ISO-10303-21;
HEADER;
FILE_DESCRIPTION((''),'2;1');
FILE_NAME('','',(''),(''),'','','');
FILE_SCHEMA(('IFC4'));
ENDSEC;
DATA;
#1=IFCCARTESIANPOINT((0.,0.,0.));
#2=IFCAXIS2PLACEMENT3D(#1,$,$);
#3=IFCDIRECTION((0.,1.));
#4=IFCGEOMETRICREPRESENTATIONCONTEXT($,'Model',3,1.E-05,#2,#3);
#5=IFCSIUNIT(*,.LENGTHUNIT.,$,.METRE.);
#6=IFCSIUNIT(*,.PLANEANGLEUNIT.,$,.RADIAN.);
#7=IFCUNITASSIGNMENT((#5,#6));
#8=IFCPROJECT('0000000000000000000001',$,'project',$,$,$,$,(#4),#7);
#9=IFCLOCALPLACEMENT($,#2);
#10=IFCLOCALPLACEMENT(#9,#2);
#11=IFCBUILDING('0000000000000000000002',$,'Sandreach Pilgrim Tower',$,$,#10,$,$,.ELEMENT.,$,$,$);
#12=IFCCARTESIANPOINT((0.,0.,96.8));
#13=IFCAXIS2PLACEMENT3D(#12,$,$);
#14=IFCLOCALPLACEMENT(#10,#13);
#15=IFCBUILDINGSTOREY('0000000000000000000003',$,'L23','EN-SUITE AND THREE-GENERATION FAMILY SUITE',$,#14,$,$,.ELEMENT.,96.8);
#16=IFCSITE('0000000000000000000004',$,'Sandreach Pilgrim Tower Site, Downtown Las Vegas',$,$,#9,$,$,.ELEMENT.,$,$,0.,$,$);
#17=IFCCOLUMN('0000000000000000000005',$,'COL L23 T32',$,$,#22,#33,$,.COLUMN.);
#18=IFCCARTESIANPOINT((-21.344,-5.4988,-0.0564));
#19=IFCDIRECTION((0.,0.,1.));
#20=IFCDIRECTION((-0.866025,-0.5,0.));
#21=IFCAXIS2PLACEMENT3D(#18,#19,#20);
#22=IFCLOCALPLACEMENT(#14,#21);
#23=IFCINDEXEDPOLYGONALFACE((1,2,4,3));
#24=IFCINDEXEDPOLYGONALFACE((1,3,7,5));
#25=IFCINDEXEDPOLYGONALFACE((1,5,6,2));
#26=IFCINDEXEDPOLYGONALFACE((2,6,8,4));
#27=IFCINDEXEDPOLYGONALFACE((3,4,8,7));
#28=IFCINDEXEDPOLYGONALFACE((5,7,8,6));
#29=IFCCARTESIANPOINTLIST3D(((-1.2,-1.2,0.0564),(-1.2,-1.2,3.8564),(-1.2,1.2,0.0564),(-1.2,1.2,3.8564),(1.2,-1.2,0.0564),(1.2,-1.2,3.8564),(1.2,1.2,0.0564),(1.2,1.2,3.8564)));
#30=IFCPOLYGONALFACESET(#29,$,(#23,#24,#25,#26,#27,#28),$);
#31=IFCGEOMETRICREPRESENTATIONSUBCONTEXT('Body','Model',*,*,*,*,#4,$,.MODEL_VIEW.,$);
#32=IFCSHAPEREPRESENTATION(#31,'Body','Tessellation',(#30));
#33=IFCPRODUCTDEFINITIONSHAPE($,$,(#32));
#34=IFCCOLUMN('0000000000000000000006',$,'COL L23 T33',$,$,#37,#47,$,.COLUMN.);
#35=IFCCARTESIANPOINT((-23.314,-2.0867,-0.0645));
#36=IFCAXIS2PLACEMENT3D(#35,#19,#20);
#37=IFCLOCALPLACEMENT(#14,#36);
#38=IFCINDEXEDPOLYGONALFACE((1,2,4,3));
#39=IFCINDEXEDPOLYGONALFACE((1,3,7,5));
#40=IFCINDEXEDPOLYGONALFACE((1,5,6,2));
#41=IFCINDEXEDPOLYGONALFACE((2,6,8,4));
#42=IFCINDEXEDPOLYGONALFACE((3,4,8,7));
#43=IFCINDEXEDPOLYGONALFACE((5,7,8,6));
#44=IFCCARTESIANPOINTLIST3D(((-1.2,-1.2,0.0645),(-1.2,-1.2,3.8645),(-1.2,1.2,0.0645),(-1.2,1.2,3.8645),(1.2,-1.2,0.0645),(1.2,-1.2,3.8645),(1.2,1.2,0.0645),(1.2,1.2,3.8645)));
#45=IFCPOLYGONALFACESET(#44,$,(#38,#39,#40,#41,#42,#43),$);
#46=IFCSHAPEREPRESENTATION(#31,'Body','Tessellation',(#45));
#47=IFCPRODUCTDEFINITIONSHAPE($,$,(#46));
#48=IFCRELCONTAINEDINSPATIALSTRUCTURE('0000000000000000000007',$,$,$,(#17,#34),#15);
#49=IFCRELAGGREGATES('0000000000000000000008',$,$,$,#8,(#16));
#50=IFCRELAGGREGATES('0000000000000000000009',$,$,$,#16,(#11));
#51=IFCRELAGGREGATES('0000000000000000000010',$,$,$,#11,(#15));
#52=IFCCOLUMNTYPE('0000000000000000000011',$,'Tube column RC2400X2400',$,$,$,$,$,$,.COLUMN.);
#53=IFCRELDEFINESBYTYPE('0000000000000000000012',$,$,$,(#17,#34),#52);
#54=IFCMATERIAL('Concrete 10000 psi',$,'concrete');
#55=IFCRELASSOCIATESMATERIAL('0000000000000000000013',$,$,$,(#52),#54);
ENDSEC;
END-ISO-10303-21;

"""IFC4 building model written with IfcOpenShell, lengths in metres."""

from ifc_helpers import new_model, si_unit, direction, frame, origin, origin_2d, place, context, subcontext, project, spatial, rectangle, extrude, clip, halfspace, material, material_profile, profile_set, type_object, element, save


model = new_model("IFC4")

# Units and contexts
model_context = context("Model", 3, precision=1e-05, world=origin(), true_north=direction((0.0, 1.0)))
body_context = subcontext(model_context, "Body", "Model", "MODEL_VIEW")
ifc_project = project(units=[si_unit("LENGTHUNIT", "METRE"), si_unit("PLANEANGLEUNIT", "RADIAN")], contexts=[model_context])

# Site, building, storey
site_placement = place(None, origin())
site = spatial("IfcSite", under=ifc_project, at=site_placement, Name="Sandreach Pilgrim Tower Site, Downtown Las Vegas", CompositionType="ELEMENT", RefElevation=0.0)
building_placement = place(site_placement, origin())
building = spatial("IfcBuilding", under=site, at=building_placement, Name="Sandreach Pilgrim Tower", CompositionType="ELEMENT")
storey_placement = place(building_placement, frame((0.0, 0.0, 96.8)))
storey = spatial("IfcBuildingStorey", under=building, at=storey_placement, Name="L23", Description="EN-SUITE AND THREE-GENERATION FAMILY SUITE", CompositionType="ELEMENT", Elevation=96.8)

# Columns
ifc_material_1 = material(Name="Concrete 10000 psi", Category="concrete")
ifc_material_profile_1 = material_profile(ifc_material_1, rectangle(XDim=2.3999, YDim=2.3999, at=origin_2d()), Name="RC2400X2400")
ifc_profile_set_1 = profile_set([ifc_material_profile_1], Name="Concrete 10000 psi")
column_type = type_object("IfcColumnType", Name="Tube column RC2400X2400", PredefinedType="COLUMN", material=ifc_profile_set_1)
column_1_placement = place(storey_placement, frame((-21.344, -5.4988, -0.0564), z_axis=(0.0, 0.0, 1.0), x_axis=(-0.866025, -0.5, 0.0)))
element("IfcColumn", 1, at=column_1_placement, inside=storey, type_object=column_type, Name="COL L23 T32", PredefinedType="COLUMN", context=body_context, shape_type="SweptSolid", body=[
    clip(extrude(rectangle(XDim=2.3999, YDim=2.3999, at=origin_2d()), origin(), (0.0, 0.0, 1.0), 3.8564), halfspace(frame((0.0, 0.0, 0.0564)), True)),
])
column_2_placement = place(storey_placement, frame((-23.314, -2.0867, -0.0645), z_axis=(0.0, 0.0, 1.0), x_axis=(-0.866025, -0.5, 0.0)))
element("IfcColumn", 2, at=column_2_placement, inside=storey, type_object=column_type, Name="COL L23 T33", PredefinedType="COLUMN", context=body_context, shape_type="SweptSolid", body=[
    clip(extrude(rectangle(XDim=2.3999, YDim=2.3999, at=origin_2d()), origin(), (0.0, 0.0, 1.0), 3.8645), halfspace(frame((0.0, 0.0, 0.0645)), True)),
])

save(model, "model.ifc")
